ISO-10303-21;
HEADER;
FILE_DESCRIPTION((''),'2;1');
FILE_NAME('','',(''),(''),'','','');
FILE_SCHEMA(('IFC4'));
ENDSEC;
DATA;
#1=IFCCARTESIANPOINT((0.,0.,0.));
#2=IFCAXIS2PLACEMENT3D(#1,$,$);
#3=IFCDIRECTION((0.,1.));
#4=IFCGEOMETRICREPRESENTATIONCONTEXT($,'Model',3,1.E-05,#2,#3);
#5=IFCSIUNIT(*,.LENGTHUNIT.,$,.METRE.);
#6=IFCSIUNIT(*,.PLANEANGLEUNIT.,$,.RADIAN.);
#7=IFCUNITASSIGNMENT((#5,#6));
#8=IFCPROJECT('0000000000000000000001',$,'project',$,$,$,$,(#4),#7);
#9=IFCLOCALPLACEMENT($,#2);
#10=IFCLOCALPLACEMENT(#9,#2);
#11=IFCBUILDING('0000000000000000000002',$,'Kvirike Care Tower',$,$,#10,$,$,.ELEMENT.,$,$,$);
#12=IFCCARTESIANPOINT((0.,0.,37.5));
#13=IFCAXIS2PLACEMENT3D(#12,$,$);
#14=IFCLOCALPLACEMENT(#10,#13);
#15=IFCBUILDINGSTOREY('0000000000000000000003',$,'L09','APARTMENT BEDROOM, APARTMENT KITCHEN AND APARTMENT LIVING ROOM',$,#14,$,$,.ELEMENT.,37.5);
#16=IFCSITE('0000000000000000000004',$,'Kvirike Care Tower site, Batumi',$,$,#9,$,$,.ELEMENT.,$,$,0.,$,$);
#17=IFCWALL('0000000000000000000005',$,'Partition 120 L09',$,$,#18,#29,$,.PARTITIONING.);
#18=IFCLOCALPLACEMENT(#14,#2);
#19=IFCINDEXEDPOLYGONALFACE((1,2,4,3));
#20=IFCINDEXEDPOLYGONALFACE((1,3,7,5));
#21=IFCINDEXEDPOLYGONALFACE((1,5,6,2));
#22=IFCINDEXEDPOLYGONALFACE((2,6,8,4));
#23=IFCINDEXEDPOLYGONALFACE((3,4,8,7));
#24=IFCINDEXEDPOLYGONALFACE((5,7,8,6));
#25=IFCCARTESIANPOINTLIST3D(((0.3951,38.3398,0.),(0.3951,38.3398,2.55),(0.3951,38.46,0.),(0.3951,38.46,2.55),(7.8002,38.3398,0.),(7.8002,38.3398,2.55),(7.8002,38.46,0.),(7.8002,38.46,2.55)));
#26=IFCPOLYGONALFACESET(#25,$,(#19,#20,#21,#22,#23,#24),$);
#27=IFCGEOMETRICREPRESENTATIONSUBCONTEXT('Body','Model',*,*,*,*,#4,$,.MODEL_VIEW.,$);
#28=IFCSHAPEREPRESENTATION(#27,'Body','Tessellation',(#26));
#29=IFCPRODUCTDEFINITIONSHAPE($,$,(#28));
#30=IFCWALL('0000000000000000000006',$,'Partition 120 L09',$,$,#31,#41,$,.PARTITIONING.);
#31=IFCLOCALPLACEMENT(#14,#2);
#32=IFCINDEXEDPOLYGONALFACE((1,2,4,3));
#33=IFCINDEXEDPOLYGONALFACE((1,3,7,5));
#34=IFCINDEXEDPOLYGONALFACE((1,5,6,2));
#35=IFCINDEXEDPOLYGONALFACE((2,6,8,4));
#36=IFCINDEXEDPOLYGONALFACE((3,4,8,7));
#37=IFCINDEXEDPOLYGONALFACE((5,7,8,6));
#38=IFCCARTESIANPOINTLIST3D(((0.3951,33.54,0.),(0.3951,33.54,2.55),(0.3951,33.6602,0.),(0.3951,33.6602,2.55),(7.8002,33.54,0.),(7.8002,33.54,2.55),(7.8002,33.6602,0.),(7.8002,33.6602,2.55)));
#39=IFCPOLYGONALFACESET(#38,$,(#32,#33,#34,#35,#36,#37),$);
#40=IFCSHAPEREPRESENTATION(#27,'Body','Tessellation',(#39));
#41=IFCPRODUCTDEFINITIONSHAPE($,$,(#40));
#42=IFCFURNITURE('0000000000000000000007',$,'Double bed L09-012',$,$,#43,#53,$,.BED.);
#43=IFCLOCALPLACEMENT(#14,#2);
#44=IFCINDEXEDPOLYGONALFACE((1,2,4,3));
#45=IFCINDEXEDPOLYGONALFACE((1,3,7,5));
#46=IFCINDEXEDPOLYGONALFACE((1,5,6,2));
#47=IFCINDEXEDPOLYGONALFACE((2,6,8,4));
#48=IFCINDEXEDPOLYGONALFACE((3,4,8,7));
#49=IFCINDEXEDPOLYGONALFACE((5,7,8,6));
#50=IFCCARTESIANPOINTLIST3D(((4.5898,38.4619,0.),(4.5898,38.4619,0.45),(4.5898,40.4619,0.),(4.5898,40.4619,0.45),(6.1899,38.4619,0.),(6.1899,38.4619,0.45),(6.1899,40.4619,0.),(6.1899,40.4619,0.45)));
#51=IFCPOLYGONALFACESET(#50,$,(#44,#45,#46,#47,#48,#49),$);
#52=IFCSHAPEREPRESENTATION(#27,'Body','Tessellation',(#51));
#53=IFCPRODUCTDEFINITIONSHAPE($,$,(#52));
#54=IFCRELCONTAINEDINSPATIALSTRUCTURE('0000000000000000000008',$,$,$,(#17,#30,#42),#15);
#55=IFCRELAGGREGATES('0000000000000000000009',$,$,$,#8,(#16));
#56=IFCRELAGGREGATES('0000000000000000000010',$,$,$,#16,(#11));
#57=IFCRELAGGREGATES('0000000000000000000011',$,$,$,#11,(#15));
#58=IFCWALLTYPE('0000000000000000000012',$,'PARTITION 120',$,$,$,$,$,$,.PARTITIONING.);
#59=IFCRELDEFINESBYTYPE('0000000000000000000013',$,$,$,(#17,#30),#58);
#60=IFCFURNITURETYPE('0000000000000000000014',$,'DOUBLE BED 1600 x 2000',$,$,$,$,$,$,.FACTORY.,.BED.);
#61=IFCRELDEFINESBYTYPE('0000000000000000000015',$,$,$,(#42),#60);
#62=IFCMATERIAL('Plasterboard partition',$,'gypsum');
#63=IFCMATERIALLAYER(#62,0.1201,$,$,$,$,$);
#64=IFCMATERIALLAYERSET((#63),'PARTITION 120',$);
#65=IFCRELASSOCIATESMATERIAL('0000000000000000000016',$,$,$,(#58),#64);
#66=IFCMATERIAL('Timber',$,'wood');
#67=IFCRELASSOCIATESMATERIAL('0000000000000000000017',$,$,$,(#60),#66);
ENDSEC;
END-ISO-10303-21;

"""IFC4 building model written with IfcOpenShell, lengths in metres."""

from ifc_helpers import new_model, si_unit, direction, frame, frame_2d, origin, origin_2d, place, context, subcontext, project, spatial, rectangle, extrude, material, layer, layer_set, type_object, element, save


model = new_model("IFC4")

# Units and contexts
model_context = context("Model", 3, precision=1e-05, world=origin(), true_north=direction((0.0, 1.0)))
body_context = subcontext(model_context, "Body", "Model", "MODEL_VIEW")
ifc_project = project(units=[si_unit("LENGTHUNIT", "METRE"), si_unit("PLANEANGLEUNIT", "RADIAN")], contexts=[model_context])

# Site, building, storey
site_placement = place(None, origin())
site = spatial("IfcSite", under=ifc_project, at=site_placement, Name="Kvirike Care Tower site, Batumi", CompositionType="ELEMENT", RefElevation=0.0)
building_placement = place(site_placement, origin())
building = spatial("IfcBuilding", under=site, at=building_placement, Name="Kvirike Care Tower", CompositionType="ELEMENT")
storey_placement = place(building_placement, frame((0.0, 0.0, 37.5)))
storey = spatial("IfcBuildingStorey", under=building, at=storey_placement, Name="L09", Description="APARTMENT BEDROOM, APARTMENT KITCHEN AND APARTMENT LIVING ROOM", CompositionType="ELEMENT", Elevation=37.5)

# Walls
ifc_material_1 = material(Name="Plasterboard partition", Category="gypsum")
ifc_layer_1 = layer(ifc_material_1, 0.1201)
ifc_layer_set_1 = layer_set([ifc_layer_1], Name="PARTITION 120")
wall_type = type_object("IfcWallType", Name="PARTITION 120", PredefinedType="PARTITIONING", material=ifc_layer_set_1)
for number, where, z_axis, x_axis, name in (
    (1, (0.395, 38.3999, 0.0), (0.0, 0.0, 1.0), (1.0, 0.0, 0.0), "Partition 120 L09"),
    (2, (0.395, 33.6001, 0.0), (0.0, 0.0, 1.0), (1.0, 0.0, 0.0), "Partition 120 L09"),
):
    element("IfcWall", number, at=place(storey_placement, frame(where, z_axis=z_axis, x_axis=x_axis)), inside=storey, type_object=wall_type, Name=name, PredefinedType="PARTITIONING", context=body_context, shape_type="SweptSolid", body=[
        extrude(rectangle(XDim=7.405, YDim=0.1201, at=frame_2d((3.7026, 0.0))), origin(), (0.0, 0.0, 1.0), 2.55),
    ])

# Furniture
ifc_material_2 = material(Name="Timber", Category="wood")
furniture_type = type_object("IfcFurnitureType", Name="DOUBLE BED 1600 x 2000", AssemblyPlace="FACTORY", PredefinedType="BED", material=ifc_material_2)
furniture_placement = place(storey_placement, frame((5.3899, 39.4619, 0.0), z_axis=(0.0, 0.0, 1.0), x_axis=(-1.0, 0.0, 0.0)))
element("IfcFurniture", 3, at=furniture_placement, inside=storey, type_object=furniture_type, Name="Double bed L09-012", PredefinedType="BED", context=body_context, shape_type="SweptSolid", body=[
    extrude(rectangle(XDim=1.6001, YDim=2.0, at=origin_2d()), origin(), (0.0, 0.0, 1.0), 0.45),
])

save(model, "model.ifc")
